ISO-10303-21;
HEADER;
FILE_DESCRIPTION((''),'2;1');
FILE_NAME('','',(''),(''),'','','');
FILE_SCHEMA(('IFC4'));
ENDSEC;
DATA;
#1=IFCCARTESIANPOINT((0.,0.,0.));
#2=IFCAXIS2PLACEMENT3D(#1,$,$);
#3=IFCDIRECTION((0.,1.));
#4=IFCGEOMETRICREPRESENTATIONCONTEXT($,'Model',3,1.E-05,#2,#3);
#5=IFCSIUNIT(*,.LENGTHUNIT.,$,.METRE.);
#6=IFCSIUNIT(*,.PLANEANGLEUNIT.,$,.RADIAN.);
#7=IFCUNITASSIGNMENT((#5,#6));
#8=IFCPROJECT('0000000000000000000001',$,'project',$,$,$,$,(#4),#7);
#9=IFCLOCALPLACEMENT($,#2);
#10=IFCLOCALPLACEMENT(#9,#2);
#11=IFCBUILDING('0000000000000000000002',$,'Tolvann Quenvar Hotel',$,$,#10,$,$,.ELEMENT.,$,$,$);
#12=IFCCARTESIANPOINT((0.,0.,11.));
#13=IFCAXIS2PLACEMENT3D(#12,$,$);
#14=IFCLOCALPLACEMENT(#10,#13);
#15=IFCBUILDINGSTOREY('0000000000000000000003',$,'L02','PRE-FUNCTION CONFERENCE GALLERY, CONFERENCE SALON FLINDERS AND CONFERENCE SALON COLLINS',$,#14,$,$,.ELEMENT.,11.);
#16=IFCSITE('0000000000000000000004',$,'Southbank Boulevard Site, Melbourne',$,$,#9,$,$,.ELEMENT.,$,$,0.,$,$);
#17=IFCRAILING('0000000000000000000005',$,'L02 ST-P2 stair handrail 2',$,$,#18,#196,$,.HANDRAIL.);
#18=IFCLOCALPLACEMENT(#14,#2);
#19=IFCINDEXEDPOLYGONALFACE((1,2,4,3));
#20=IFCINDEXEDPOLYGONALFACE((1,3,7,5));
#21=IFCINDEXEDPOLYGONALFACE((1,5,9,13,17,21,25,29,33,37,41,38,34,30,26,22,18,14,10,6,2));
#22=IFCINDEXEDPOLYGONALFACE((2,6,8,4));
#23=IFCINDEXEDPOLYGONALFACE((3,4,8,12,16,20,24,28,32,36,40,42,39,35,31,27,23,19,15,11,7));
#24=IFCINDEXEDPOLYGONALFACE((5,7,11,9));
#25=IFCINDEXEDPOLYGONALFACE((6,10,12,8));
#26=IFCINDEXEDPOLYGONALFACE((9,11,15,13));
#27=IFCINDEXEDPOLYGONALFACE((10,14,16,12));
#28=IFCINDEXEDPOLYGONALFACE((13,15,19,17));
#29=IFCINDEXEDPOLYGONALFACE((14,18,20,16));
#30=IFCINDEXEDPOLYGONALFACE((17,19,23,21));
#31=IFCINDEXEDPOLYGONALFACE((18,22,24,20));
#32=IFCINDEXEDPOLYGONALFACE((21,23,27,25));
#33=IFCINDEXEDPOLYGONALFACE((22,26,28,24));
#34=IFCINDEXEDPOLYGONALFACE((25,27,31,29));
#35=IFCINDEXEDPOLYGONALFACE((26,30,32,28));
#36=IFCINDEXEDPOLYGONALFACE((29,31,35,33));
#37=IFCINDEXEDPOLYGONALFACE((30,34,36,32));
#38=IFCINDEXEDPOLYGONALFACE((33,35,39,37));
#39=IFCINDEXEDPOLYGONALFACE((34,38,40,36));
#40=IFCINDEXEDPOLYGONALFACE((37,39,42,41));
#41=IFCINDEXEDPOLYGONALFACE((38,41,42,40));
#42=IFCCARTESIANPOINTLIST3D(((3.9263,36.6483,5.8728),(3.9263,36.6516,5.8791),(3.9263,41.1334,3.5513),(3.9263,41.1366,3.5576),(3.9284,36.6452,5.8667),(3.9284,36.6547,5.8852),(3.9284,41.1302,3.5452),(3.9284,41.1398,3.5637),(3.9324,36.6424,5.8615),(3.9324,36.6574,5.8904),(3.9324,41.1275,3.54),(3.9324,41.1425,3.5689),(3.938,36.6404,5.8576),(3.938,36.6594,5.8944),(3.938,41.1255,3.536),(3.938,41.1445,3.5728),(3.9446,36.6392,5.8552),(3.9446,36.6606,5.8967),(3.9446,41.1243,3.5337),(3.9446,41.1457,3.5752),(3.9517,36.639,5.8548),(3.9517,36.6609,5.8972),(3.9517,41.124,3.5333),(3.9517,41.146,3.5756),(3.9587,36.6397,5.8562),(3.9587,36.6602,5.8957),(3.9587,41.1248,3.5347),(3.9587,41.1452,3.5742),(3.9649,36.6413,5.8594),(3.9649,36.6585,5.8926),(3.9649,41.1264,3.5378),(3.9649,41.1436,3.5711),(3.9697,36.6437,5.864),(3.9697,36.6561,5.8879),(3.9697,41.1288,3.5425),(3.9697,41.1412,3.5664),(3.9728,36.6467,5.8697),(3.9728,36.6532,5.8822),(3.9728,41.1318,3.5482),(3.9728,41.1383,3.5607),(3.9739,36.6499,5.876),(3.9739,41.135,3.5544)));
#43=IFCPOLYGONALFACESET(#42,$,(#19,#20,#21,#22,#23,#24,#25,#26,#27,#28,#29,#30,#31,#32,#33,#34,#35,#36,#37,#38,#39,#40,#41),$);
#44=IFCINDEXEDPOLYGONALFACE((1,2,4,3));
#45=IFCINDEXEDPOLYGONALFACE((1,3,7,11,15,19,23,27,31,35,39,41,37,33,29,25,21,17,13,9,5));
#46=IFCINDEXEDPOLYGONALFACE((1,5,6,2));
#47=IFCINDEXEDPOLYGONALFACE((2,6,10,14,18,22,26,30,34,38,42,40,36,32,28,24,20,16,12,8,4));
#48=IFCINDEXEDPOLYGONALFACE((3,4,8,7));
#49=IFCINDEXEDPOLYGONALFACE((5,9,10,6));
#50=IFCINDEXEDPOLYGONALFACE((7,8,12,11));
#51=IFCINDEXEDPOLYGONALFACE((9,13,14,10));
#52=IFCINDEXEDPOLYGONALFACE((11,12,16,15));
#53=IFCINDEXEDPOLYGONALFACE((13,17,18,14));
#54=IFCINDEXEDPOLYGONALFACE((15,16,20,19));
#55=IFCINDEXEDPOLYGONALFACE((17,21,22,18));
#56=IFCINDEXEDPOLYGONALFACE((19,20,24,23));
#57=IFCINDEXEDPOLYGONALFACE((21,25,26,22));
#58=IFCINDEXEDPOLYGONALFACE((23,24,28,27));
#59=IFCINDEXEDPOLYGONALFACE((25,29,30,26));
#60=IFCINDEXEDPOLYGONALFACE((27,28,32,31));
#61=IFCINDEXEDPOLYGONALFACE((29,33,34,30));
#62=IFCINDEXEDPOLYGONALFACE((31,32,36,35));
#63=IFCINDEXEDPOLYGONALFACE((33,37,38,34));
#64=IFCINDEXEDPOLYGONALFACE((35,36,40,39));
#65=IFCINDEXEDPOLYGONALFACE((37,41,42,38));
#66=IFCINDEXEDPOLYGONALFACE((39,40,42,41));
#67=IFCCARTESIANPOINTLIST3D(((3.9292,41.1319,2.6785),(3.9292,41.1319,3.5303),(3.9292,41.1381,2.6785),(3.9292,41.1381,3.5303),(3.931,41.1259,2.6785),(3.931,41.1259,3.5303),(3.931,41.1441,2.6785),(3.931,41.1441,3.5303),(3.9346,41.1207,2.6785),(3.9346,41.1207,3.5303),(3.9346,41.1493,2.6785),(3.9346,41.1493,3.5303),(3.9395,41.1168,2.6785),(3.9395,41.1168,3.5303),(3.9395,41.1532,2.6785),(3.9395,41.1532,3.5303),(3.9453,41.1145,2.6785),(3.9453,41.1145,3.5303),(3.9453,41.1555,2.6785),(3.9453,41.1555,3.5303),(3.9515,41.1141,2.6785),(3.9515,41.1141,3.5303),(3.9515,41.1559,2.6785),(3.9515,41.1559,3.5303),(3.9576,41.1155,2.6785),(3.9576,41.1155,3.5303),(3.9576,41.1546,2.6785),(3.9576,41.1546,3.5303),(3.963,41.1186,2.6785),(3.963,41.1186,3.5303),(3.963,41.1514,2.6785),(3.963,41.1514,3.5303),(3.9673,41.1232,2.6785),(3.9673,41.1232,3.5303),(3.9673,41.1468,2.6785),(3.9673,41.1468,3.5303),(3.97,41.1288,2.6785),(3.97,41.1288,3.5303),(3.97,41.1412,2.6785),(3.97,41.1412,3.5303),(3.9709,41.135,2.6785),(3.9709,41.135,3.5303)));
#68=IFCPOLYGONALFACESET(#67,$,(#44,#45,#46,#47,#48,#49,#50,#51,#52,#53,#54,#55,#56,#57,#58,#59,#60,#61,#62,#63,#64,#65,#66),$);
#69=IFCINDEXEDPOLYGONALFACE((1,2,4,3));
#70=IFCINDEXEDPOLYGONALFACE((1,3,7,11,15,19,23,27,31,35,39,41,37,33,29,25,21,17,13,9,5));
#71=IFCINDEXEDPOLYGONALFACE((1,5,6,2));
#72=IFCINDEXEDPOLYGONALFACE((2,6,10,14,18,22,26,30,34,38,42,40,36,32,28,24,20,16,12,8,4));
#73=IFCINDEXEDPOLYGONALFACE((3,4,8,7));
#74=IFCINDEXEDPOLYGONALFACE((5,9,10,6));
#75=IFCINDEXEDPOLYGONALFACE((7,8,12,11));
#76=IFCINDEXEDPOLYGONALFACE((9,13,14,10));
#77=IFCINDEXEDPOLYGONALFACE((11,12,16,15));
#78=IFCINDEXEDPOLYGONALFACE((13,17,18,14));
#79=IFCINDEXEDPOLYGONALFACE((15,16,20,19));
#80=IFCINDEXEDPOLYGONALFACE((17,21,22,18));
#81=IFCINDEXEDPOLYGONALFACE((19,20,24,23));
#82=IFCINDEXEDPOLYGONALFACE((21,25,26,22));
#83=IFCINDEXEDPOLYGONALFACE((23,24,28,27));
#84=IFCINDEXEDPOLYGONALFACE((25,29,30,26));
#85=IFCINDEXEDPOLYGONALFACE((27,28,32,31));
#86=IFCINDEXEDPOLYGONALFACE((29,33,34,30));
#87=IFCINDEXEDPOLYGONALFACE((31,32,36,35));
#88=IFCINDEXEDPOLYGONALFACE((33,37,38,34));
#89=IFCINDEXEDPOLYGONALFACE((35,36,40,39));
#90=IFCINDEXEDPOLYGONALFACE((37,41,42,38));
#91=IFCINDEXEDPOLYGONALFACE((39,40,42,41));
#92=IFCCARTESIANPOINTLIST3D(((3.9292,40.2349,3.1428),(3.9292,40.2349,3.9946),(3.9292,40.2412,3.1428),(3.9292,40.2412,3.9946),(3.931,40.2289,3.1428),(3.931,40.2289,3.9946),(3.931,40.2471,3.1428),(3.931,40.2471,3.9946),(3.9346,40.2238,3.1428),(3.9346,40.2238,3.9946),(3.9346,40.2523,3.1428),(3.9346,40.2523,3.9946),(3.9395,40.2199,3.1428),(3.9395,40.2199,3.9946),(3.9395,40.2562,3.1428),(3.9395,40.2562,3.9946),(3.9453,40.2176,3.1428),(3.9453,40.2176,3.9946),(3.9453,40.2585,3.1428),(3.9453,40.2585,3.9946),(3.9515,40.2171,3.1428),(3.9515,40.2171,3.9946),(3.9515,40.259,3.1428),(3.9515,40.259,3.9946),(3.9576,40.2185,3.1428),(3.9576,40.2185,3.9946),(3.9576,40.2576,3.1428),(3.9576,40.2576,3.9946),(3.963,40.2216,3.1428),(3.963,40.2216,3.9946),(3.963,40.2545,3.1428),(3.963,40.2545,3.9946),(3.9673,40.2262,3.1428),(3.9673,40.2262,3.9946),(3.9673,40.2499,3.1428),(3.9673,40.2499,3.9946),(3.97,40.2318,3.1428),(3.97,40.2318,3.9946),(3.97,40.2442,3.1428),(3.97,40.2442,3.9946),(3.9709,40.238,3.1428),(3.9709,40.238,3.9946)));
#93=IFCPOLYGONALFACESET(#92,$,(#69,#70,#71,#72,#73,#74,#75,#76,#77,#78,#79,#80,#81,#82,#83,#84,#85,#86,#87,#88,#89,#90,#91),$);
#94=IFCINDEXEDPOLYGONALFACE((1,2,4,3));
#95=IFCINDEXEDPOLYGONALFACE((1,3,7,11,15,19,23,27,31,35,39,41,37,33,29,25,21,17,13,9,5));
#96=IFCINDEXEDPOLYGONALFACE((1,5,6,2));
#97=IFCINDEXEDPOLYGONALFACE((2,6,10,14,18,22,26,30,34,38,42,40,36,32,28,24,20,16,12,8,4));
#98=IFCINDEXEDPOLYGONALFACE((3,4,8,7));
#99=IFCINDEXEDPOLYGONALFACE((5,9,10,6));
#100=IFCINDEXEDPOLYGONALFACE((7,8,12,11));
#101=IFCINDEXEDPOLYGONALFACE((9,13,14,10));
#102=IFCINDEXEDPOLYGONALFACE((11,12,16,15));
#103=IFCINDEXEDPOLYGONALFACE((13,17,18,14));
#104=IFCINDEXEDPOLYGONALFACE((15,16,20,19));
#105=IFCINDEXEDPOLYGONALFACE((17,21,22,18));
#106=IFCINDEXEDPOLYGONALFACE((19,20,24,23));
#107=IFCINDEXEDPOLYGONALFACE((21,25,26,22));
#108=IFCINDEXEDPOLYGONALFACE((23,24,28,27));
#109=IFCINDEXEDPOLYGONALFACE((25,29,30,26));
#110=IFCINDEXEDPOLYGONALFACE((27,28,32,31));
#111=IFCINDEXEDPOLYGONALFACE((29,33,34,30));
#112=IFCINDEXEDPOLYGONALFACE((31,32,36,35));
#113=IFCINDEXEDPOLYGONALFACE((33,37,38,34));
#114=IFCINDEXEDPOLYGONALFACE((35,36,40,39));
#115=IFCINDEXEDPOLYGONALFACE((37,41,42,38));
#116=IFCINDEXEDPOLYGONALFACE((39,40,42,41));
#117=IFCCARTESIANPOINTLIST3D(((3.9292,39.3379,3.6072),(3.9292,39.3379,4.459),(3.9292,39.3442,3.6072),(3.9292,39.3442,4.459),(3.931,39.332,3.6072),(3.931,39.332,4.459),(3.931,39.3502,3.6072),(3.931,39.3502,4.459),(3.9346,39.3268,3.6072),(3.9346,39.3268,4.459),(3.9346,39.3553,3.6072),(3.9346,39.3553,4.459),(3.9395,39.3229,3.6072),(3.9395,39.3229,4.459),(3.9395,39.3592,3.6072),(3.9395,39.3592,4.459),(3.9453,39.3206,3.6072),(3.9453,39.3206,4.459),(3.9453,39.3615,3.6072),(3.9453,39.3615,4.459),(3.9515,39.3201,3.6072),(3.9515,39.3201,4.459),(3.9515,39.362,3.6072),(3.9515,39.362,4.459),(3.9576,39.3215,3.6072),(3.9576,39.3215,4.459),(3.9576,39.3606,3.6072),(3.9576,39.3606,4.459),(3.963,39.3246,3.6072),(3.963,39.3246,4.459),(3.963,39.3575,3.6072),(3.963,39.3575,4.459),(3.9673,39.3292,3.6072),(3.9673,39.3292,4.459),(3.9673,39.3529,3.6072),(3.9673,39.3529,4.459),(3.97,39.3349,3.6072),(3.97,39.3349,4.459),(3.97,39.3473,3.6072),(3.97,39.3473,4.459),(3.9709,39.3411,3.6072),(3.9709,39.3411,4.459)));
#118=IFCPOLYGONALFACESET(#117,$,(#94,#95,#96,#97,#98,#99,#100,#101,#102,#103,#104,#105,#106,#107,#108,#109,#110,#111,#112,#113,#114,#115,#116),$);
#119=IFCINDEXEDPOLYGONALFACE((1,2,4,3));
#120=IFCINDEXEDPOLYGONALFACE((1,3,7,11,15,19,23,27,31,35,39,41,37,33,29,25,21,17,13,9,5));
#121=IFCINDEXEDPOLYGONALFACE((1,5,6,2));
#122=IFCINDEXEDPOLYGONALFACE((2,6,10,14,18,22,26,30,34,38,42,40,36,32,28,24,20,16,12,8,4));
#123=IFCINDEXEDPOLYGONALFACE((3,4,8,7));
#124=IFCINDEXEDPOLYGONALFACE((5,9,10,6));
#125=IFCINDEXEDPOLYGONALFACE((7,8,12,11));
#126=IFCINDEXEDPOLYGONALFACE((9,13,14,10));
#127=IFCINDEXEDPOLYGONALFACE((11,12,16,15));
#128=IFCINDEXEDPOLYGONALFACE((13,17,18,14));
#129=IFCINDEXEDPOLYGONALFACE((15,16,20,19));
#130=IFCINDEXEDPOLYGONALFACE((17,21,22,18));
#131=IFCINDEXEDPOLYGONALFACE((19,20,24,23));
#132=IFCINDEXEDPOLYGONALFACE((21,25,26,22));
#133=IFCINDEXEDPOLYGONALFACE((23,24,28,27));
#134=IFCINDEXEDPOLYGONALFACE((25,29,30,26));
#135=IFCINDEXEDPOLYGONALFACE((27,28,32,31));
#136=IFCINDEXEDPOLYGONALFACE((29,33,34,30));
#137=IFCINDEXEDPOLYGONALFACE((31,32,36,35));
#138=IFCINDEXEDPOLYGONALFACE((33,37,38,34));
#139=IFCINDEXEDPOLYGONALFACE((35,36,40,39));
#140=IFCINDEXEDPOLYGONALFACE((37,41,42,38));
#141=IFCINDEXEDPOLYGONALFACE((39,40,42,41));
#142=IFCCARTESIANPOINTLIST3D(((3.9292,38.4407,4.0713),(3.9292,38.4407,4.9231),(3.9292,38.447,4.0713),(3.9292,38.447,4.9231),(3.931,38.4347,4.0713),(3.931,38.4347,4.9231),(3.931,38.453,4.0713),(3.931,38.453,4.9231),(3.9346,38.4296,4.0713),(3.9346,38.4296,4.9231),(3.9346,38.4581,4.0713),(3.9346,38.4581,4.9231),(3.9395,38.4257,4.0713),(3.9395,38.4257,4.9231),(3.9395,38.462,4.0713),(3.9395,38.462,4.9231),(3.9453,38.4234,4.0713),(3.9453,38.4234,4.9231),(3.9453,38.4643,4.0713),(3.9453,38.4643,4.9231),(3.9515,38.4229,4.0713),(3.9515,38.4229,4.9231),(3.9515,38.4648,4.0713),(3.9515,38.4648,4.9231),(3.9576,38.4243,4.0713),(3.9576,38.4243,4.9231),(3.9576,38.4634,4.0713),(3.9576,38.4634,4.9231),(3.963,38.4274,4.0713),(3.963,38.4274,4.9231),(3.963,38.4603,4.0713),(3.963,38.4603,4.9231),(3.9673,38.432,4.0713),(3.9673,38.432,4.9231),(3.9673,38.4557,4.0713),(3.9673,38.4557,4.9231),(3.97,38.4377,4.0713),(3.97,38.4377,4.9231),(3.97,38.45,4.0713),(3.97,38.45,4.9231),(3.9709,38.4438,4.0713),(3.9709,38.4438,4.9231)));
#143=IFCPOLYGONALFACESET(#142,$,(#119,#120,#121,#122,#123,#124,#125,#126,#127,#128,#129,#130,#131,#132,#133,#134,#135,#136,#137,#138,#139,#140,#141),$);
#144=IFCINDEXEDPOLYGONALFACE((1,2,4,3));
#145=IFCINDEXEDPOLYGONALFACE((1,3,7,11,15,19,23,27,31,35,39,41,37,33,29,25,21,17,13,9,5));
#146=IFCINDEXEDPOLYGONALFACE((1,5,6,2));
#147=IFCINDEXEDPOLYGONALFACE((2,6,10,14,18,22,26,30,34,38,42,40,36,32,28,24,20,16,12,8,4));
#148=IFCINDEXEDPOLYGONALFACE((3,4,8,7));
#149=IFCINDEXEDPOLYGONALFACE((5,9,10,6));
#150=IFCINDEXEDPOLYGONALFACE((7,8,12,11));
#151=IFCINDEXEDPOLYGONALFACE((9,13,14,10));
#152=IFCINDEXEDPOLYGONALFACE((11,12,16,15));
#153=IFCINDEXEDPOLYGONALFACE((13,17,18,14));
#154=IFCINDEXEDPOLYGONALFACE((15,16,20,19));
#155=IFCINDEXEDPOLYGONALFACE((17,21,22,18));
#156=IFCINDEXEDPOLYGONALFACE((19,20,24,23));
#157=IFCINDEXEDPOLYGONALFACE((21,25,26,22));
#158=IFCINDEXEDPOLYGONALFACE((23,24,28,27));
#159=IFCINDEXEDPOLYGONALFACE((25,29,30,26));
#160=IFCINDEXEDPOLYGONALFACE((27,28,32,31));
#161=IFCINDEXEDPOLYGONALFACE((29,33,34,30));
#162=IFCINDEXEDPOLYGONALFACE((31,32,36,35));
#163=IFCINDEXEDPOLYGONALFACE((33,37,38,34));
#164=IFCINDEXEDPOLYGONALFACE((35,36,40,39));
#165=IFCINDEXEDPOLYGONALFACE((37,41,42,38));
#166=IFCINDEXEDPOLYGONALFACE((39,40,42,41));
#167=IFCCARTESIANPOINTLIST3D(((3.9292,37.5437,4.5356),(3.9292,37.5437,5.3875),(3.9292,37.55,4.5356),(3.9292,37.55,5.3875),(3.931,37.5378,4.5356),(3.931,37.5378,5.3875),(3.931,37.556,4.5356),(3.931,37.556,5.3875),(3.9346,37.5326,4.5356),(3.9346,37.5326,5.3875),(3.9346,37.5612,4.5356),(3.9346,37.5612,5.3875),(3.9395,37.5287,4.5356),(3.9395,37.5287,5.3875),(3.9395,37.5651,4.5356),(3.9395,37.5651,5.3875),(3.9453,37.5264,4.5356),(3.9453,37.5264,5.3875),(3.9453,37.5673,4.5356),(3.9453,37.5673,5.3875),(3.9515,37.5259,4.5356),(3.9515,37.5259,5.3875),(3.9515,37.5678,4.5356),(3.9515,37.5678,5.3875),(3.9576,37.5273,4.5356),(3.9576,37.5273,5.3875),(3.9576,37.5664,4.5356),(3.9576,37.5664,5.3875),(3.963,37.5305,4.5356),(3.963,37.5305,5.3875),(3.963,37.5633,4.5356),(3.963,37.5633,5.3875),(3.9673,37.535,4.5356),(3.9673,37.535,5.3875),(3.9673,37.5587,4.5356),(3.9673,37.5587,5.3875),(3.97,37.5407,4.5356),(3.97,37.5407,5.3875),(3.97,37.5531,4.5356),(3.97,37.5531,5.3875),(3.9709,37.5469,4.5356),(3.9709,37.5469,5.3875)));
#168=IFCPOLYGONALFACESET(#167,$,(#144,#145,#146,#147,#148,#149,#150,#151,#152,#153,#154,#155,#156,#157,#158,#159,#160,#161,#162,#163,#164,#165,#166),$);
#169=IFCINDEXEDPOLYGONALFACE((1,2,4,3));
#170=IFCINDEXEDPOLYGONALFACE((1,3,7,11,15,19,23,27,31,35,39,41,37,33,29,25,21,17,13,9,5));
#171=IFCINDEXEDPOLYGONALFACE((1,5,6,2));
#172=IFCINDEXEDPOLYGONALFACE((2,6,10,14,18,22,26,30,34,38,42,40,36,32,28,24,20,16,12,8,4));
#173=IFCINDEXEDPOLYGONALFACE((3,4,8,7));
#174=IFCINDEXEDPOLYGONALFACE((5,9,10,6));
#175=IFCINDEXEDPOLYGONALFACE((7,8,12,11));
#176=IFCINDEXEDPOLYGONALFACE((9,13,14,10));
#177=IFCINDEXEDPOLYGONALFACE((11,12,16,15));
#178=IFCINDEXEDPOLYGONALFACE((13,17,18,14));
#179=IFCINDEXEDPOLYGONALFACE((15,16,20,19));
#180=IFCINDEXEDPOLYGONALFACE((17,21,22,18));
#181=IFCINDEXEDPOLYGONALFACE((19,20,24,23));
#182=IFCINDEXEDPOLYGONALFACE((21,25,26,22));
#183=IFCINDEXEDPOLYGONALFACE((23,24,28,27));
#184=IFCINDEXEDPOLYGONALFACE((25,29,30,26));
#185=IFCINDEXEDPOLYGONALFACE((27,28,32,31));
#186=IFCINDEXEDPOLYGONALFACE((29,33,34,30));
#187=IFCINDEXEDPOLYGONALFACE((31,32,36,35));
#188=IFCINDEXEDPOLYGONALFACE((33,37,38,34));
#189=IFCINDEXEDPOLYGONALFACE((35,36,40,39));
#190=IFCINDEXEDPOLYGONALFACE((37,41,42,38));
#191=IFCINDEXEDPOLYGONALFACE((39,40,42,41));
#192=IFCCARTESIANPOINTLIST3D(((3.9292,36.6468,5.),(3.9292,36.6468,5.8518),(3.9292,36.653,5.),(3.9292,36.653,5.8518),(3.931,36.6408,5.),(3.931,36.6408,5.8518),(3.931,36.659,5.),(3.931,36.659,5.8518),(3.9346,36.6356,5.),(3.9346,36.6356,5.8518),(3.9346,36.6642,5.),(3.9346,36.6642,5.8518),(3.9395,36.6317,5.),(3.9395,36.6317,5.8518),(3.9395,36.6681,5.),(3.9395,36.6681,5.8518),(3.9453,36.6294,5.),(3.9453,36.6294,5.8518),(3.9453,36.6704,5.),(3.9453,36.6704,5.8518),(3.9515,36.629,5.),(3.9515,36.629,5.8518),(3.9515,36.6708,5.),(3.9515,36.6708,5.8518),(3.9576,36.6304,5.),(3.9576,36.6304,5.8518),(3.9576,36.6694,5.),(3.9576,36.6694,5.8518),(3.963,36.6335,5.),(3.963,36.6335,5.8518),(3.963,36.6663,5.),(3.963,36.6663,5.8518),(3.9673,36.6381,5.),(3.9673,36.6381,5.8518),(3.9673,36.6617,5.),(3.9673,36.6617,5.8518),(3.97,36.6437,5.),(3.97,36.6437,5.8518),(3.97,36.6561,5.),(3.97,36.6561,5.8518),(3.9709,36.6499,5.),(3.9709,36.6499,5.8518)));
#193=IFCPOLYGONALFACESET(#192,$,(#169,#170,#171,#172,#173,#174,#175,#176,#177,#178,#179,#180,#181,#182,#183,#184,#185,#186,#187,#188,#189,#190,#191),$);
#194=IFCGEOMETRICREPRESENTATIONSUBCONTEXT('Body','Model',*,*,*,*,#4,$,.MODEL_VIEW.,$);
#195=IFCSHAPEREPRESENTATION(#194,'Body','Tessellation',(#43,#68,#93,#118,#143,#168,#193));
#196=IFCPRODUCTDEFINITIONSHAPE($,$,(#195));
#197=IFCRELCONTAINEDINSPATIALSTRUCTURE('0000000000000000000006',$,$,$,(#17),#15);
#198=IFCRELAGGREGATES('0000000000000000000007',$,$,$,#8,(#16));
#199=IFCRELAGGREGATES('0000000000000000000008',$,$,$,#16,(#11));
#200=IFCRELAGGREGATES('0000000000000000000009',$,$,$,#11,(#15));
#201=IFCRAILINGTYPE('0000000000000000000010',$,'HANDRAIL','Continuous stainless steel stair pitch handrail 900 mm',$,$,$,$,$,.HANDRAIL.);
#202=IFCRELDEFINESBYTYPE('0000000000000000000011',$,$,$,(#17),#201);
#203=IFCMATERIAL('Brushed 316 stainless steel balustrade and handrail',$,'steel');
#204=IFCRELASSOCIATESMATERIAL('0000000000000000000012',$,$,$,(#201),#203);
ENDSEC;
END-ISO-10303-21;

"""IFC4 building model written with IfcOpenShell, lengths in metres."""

from ifc_helpers import new_model, si_unit, direction, frame, origin, origin_2d, place, context, subcontext, project, spatial, circle, extrude, material, type_object, element, save


model = new_model("IFC4")

# Units and contexts
model_context = context("Model", 3, precision=1e-05, world=origin(), true_north=direction((0.0, 1.0)))
body_context = subcontext(model_context, "Body", "Model", "MODEL_VIEW")
ifc_project = project(units=[si_unit("LENGTHUNIT", "METRE"), si_unit("PLANEANGLEUNIT", "RADIAN")], contexts=[model_context])

# Site, building, storey
site_placement = place(None, origin())
site = spatial("IfcSite", under=ifc_project, at=site_placement, Name="Southbank Boulevard Site, Melbourne", CompositionType="ELEMENT", RefElevation=0.0)
building_placement = place(site_placement, origin())
building = spatial("IfcBuilding", under=site, at=building_placement, Name="Tolvann Quenvar Hotel", CompositionType="ELEMENT")
storey_placement = place(building_placement, frame((0.0, 0.0, 11.0)))
storey = spatial("IfcBuildingStorey", under=building, at=storey_placement, Name="L02", Description="PRE-FUNCTION CONFERENCE GALLERY, CONFERENCE SALON FLINDERS AND CONFERENCE SALON COLLINS", CompositionType="ELEMENT", Elevation=11.0)

# Railing
ifc_material_1 = material(Name="Brushed 316 stainless steel balustrade and handrail", Category="steel")
railing_type_1 = type_object("IfcRailingType", Name="HANDRAIL", Description="Continuous stainless steel stair pitch handrail 900 mm", PredefinedType="HANDRAIL", material=ifc_material_1)
railing_1_placement = place(storey_placement, frame((3.95, 41.135, 2.6785)))
element("IfcRailing", 1, at=railing_1_placement, inside=storey, type_object=railing_type_1, Name="L02 ST-P2 stair handrail 2", PredefinedType="HANDRAIL", context=body_context, shape_type="SweptSolid", body=[
    extrude(circle(Radius=0.0239, at=origin_2d()), frame((0.0, 0.0, 0.876), z_axis=(0.0, -0.888084, 0.459681), x_axis=(1.0, 0.0, 0.0)), (0.0, 0.0, 1.0), 5.0503),
    extrude(circle(Radius=0.021, at=origin_2d()), origin(), (0.0, 0.0, 1.0), 0.8518),
    extrude(circle(Radius=0.021, at=origin_2d()), frame((0.0, -0.897, 0.4644)), (0.0, 0.0, 1.0), 0.8518),
    extrude(circle(Radius=0.021, at=origin_2d()), frame((0.0, -1.7939, 0.9287)), (0.0, 0.0, 1.0), 0.8518),
    extrude(circle(Radius=0.021, at=origin_2d()), frame((0.0, -2.6912, 1.3928)), (0.0, 0.0, 1.0), 0.8518),
    extrude(circle(Radius=0.021, at=origin_2d()), frame((0.0, -3.5881, 1.8572)), (0.0, 0.0, 1.0), 0.8518),
    extrude(circle(Radius=0.021, at=origin_2d()), frame((0.0, -4.4851, 2.3215)), (0.0, 0.0, 1.0), 0.8518),
])

save(model, "model.ifc")
